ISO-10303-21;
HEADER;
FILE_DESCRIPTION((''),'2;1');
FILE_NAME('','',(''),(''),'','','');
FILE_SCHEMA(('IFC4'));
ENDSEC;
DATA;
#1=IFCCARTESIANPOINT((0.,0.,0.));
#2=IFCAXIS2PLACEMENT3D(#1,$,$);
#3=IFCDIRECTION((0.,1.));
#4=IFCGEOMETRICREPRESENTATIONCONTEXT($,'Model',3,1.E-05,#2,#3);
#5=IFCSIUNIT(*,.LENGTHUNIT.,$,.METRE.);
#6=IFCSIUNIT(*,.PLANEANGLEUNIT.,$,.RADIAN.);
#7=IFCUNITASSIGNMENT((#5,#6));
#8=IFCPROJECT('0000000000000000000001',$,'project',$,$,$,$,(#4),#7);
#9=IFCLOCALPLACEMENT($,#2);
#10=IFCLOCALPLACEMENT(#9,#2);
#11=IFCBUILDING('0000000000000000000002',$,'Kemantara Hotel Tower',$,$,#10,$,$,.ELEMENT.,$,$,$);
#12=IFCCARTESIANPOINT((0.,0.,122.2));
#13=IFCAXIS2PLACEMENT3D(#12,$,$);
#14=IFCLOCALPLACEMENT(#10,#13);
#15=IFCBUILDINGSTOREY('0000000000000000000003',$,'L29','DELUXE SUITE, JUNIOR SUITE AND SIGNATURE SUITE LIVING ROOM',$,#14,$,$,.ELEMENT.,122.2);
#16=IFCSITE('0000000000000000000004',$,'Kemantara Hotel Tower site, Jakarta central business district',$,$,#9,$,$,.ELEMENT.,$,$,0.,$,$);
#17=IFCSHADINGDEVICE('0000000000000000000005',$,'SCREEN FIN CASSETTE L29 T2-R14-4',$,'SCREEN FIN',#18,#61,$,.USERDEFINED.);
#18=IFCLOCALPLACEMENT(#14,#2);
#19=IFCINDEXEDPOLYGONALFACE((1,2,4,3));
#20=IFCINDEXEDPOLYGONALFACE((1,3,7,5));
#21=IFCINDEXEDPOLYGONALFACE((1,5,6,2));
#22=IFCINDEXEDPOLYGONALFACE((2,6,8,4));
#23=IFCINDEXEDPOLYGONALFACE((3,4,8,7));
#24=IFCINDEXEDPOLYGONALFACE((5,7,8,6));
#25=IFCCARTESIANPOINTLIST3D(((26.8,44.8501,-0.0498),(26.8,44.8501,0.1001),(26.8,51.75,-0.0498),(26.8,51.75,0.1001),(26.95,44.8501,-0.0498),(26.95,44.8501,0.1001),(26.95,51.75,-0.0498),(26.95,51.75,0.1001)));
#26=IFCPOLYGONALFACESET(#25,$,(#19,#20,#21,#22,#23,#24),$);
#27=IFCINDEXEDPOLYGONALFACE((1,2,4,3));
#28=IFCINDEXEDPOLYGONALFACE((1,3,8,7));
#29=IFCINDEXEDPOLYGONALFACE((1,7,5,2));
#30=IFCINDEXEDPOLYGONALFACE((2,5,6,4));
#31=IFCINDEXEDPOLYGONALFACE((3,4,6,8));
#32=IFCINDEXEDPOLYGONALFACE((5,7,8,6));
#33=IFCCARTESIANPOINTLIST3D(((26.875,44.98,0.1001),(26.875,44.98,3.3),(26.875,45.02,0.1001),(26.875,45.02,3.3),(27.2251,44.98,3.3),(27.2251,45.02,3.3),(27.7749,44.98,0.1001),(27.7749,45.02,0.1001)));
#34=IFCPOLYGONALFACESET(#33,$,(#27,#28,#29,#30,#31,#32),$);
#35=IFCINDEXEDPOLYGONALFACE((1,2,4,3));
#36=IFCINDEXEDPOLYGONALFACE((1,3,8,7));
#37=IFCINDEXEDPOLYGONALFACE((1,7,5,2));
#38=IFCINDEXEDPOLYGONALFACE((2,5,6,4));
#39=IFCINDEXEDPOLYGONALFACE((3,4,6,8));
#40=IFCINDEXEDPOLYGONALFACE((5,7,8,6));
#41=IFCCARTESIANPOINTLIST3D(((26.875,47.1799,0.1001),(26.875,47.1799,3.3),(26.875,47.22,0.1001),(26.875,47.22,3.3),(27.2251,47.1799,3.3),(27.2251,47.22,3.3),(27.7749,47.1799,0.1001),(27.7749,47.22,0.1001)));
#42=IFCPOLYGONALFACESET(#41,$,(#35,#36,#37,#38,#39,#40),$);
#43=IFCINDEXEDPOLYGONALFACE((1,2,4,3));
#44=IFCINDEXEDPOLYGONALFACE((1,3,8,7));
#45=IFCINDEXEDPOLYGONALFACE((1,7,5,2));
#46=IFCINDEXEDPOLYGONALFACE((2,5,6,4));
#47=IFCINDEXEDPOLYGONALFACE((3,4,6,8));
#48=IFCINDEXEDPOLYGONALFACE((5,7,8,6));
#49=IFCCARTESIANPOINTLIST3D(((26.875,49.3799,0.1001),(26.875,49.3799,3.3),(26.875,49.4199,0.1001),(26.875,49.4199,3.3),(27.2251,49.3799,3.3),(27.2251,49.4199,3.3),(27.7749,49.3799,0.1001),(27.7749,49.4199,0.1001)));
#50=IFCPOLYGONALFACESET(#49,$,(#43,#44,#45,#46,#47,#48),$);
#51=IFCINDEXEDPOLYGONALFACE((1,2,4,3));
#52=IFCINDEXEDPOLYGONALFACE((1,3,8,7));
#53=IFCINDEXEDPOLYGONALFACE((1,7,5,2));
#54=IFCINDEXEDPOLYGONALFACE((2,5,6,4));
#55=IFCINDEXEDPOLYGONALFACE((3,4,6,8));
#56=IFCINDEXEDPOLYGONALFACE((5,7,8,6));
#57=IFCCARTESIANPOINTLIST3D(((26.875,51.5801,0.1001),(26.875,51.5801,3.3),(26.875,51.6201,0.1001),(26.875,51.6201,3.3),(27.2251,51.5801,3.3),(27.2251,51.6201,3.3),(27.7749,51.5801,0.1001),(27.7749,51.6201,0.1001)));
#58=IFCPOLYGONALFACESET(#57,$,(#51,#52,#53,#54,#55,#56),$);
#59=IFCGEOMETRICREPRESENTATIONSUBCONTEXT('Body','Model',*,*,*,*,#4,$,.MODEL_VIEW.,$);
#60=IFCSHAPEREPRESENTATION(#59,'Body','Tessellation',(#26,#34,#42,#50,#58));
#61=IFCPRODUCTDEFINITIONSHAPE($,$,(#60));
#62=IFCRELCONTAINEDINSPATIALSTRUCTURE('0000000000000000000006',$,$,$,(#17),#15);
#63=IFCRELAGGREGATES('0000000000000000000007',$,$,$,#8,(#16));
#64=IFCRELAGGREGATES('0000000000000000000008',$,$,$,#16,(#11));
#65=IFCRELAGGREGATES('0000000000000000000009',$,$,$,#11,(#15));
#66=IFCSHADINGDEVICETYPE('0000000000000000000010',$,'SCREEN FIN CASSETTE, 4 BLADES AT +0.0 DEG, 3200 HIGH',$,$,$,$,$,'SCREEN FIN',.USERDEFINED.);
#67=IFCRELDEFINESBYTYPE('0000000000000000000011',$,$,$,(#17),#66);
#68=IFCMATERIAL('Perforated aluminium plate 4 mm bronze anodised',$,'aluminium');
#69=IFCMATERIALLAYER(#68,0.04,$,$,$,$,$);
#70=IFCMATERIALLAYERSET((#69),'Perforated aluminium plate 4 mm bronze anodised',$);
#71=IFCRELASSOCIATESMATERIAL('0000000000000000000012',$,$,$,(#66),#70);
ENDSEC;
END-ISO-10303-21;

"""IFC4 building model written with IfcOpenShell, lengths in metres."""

from ifc_helpers import new_model, si_unit, direction, frame, origin, origin_2d, place, context, subcontext, project, spatial, polyline, rectangle, outline, extrude, source, transform, mapped, material, layer, layer_set, type_object, element, save


model = new_model("IFC4")

# Units and contexts
model_context = context("Model", 3, precision=1e-05, world=origin(), true_north=direction((0.0, 1.0)))
body_context = subcontext(model_context, "Body", "Model", "MODEL_VIEW")
ifc_project = project(units=[si_unit("LENGTHUNIT", "METRE"), si_unit("PLANEANGLEUNIT", "RADIAN")], contexts=[model_context])

# Site, building, storey
site_placement = place(None, origin())
site = spatial("IfcSite", under=ifc_project, at=site_placement, Name="Kemantara Hotel Tower site, Jakarta central business district", CompositionType="ELEMENT", RefElevation=0.0)
building_placement = place(site_placement, origin())
building = spatial("IfcBuilding", under=site, at=building_placement, Name="Kemantara Hotel Tower", CompositionType="ELEMENT")
storey_placement = place(building_placement, frame((0.0, 0.0, 122.2)))
storey = spatial("IfcBuildingStorey", under=building, at=storey_placement, Name="L29", Description="DELUXE SUITE, JUNIOR SUITE AND SIGNATURE SUITE LIVING ROOM", CompositionType="ELEMENT", Elevation=122.2)

# Shading device
ifc_material_1 = material(Name="Perforated aluminium plate 4 mm bronze anodised", Category="aluminium")
ifc_layer_1 = layer(ifc_material_1, 0.04)
ifc_layer_set_1 = layer_set([ifc_layer_1], Name="Perforated aluminium plate 4 mm bronze anodised")
shading_device_type_1 = type_object("IfcShadingDeviceType", Name="SCREEN FIN CASSETTE, 4 BLADES AT +0.0 DEG, 3200 HIGH", ElementType="SCREEN FIN", PredefinedType="USERDEFINED", material=ifc_layer_set_1)
shared_shape_1 = source(origin(), body_context, "Body", "SweptSolid", [
    extrude(rectangle(XDim=6.8999, YDim=0.1499, at=origin_2d()), frame((3.3, -0.075, -0.1499), z_axis=(0.0, 0.0, 1.0), x_axis=(1.0, 0.0, 0.0)), (0.0, 0.0, 1.0), 0.1499),
    extrude(outline(polyline([(0.0, 0.0), (0.8999, 0.0), (0.3501, 3.2), (0.0, 3.2), (0.0, 0.0)])), frame((0.02, -0.075, 0.0), z_axis=(-1.0, 0.0, 0.0), x_axis=(0.0, -1.0, 0.0)), (0.0, 0.0, 1.0), 0.04),
    extrude(outline(polyline([(0.0, 0.0), (0.8999, 0.0), (0.3501, 3.2), (0.0, 3.2), (0.0, 0.0)])), frame((2.22, -0.075, 0.0), z_axis=(-1.0, 0.0, 0.0), x_axis=(0.0, -1.0, 0.0)), (0.0, 0.0, 1.0), 0.04),
    extrude(outline(polyline([(0.0, 0.0), (0.8999, 0.0), (0.3501, 3.2), (0.0, 3.2), (0.0, 0.0)])), frame((4.4199, -0.075, 0.0), z_axis=(-1.0, 0.0, 0.0), x_axis=(0.0, -1.0, 0.0)), (0.0, 0.0, 1.0), 0.04),
    extrude(outline(polyline([(0.0, 0.0), (0.8999, 0.0), (0.3501, 3.2), (0.0, 3.2), (0.0, 0.0)])), frame((6.6201, -0.075, 0.0), z_axis=(-1.0, 0.0, 0.0), x_axis=(0.0, -1.0, 0.0)), (0.0, 0.0, 1.0), 0.04),
])
shading_device_1_placement = place(storey_placement, frame((26.8, 45.0, 0.1001), z_axis=(0.0, 0.0, 1.0), x_axis=(0.0, 1.0, 0.0)))
element("IfcShadingDevice", 1, at=shading_device_1_placement, inside=storey, type_object=shading_device_type_1, Name="SCREEN FIN CASSETTE L29 T2-R14-4", ObjectType="SCREEN FIN", PredefinedType="USERDEFINED", context=body_context, shape_type="MappedRepresentation", body=[
    mapped(shared_shape_1, transform((0.0, 0.0, 0.0))),
])

save(model, "model.ifc")
